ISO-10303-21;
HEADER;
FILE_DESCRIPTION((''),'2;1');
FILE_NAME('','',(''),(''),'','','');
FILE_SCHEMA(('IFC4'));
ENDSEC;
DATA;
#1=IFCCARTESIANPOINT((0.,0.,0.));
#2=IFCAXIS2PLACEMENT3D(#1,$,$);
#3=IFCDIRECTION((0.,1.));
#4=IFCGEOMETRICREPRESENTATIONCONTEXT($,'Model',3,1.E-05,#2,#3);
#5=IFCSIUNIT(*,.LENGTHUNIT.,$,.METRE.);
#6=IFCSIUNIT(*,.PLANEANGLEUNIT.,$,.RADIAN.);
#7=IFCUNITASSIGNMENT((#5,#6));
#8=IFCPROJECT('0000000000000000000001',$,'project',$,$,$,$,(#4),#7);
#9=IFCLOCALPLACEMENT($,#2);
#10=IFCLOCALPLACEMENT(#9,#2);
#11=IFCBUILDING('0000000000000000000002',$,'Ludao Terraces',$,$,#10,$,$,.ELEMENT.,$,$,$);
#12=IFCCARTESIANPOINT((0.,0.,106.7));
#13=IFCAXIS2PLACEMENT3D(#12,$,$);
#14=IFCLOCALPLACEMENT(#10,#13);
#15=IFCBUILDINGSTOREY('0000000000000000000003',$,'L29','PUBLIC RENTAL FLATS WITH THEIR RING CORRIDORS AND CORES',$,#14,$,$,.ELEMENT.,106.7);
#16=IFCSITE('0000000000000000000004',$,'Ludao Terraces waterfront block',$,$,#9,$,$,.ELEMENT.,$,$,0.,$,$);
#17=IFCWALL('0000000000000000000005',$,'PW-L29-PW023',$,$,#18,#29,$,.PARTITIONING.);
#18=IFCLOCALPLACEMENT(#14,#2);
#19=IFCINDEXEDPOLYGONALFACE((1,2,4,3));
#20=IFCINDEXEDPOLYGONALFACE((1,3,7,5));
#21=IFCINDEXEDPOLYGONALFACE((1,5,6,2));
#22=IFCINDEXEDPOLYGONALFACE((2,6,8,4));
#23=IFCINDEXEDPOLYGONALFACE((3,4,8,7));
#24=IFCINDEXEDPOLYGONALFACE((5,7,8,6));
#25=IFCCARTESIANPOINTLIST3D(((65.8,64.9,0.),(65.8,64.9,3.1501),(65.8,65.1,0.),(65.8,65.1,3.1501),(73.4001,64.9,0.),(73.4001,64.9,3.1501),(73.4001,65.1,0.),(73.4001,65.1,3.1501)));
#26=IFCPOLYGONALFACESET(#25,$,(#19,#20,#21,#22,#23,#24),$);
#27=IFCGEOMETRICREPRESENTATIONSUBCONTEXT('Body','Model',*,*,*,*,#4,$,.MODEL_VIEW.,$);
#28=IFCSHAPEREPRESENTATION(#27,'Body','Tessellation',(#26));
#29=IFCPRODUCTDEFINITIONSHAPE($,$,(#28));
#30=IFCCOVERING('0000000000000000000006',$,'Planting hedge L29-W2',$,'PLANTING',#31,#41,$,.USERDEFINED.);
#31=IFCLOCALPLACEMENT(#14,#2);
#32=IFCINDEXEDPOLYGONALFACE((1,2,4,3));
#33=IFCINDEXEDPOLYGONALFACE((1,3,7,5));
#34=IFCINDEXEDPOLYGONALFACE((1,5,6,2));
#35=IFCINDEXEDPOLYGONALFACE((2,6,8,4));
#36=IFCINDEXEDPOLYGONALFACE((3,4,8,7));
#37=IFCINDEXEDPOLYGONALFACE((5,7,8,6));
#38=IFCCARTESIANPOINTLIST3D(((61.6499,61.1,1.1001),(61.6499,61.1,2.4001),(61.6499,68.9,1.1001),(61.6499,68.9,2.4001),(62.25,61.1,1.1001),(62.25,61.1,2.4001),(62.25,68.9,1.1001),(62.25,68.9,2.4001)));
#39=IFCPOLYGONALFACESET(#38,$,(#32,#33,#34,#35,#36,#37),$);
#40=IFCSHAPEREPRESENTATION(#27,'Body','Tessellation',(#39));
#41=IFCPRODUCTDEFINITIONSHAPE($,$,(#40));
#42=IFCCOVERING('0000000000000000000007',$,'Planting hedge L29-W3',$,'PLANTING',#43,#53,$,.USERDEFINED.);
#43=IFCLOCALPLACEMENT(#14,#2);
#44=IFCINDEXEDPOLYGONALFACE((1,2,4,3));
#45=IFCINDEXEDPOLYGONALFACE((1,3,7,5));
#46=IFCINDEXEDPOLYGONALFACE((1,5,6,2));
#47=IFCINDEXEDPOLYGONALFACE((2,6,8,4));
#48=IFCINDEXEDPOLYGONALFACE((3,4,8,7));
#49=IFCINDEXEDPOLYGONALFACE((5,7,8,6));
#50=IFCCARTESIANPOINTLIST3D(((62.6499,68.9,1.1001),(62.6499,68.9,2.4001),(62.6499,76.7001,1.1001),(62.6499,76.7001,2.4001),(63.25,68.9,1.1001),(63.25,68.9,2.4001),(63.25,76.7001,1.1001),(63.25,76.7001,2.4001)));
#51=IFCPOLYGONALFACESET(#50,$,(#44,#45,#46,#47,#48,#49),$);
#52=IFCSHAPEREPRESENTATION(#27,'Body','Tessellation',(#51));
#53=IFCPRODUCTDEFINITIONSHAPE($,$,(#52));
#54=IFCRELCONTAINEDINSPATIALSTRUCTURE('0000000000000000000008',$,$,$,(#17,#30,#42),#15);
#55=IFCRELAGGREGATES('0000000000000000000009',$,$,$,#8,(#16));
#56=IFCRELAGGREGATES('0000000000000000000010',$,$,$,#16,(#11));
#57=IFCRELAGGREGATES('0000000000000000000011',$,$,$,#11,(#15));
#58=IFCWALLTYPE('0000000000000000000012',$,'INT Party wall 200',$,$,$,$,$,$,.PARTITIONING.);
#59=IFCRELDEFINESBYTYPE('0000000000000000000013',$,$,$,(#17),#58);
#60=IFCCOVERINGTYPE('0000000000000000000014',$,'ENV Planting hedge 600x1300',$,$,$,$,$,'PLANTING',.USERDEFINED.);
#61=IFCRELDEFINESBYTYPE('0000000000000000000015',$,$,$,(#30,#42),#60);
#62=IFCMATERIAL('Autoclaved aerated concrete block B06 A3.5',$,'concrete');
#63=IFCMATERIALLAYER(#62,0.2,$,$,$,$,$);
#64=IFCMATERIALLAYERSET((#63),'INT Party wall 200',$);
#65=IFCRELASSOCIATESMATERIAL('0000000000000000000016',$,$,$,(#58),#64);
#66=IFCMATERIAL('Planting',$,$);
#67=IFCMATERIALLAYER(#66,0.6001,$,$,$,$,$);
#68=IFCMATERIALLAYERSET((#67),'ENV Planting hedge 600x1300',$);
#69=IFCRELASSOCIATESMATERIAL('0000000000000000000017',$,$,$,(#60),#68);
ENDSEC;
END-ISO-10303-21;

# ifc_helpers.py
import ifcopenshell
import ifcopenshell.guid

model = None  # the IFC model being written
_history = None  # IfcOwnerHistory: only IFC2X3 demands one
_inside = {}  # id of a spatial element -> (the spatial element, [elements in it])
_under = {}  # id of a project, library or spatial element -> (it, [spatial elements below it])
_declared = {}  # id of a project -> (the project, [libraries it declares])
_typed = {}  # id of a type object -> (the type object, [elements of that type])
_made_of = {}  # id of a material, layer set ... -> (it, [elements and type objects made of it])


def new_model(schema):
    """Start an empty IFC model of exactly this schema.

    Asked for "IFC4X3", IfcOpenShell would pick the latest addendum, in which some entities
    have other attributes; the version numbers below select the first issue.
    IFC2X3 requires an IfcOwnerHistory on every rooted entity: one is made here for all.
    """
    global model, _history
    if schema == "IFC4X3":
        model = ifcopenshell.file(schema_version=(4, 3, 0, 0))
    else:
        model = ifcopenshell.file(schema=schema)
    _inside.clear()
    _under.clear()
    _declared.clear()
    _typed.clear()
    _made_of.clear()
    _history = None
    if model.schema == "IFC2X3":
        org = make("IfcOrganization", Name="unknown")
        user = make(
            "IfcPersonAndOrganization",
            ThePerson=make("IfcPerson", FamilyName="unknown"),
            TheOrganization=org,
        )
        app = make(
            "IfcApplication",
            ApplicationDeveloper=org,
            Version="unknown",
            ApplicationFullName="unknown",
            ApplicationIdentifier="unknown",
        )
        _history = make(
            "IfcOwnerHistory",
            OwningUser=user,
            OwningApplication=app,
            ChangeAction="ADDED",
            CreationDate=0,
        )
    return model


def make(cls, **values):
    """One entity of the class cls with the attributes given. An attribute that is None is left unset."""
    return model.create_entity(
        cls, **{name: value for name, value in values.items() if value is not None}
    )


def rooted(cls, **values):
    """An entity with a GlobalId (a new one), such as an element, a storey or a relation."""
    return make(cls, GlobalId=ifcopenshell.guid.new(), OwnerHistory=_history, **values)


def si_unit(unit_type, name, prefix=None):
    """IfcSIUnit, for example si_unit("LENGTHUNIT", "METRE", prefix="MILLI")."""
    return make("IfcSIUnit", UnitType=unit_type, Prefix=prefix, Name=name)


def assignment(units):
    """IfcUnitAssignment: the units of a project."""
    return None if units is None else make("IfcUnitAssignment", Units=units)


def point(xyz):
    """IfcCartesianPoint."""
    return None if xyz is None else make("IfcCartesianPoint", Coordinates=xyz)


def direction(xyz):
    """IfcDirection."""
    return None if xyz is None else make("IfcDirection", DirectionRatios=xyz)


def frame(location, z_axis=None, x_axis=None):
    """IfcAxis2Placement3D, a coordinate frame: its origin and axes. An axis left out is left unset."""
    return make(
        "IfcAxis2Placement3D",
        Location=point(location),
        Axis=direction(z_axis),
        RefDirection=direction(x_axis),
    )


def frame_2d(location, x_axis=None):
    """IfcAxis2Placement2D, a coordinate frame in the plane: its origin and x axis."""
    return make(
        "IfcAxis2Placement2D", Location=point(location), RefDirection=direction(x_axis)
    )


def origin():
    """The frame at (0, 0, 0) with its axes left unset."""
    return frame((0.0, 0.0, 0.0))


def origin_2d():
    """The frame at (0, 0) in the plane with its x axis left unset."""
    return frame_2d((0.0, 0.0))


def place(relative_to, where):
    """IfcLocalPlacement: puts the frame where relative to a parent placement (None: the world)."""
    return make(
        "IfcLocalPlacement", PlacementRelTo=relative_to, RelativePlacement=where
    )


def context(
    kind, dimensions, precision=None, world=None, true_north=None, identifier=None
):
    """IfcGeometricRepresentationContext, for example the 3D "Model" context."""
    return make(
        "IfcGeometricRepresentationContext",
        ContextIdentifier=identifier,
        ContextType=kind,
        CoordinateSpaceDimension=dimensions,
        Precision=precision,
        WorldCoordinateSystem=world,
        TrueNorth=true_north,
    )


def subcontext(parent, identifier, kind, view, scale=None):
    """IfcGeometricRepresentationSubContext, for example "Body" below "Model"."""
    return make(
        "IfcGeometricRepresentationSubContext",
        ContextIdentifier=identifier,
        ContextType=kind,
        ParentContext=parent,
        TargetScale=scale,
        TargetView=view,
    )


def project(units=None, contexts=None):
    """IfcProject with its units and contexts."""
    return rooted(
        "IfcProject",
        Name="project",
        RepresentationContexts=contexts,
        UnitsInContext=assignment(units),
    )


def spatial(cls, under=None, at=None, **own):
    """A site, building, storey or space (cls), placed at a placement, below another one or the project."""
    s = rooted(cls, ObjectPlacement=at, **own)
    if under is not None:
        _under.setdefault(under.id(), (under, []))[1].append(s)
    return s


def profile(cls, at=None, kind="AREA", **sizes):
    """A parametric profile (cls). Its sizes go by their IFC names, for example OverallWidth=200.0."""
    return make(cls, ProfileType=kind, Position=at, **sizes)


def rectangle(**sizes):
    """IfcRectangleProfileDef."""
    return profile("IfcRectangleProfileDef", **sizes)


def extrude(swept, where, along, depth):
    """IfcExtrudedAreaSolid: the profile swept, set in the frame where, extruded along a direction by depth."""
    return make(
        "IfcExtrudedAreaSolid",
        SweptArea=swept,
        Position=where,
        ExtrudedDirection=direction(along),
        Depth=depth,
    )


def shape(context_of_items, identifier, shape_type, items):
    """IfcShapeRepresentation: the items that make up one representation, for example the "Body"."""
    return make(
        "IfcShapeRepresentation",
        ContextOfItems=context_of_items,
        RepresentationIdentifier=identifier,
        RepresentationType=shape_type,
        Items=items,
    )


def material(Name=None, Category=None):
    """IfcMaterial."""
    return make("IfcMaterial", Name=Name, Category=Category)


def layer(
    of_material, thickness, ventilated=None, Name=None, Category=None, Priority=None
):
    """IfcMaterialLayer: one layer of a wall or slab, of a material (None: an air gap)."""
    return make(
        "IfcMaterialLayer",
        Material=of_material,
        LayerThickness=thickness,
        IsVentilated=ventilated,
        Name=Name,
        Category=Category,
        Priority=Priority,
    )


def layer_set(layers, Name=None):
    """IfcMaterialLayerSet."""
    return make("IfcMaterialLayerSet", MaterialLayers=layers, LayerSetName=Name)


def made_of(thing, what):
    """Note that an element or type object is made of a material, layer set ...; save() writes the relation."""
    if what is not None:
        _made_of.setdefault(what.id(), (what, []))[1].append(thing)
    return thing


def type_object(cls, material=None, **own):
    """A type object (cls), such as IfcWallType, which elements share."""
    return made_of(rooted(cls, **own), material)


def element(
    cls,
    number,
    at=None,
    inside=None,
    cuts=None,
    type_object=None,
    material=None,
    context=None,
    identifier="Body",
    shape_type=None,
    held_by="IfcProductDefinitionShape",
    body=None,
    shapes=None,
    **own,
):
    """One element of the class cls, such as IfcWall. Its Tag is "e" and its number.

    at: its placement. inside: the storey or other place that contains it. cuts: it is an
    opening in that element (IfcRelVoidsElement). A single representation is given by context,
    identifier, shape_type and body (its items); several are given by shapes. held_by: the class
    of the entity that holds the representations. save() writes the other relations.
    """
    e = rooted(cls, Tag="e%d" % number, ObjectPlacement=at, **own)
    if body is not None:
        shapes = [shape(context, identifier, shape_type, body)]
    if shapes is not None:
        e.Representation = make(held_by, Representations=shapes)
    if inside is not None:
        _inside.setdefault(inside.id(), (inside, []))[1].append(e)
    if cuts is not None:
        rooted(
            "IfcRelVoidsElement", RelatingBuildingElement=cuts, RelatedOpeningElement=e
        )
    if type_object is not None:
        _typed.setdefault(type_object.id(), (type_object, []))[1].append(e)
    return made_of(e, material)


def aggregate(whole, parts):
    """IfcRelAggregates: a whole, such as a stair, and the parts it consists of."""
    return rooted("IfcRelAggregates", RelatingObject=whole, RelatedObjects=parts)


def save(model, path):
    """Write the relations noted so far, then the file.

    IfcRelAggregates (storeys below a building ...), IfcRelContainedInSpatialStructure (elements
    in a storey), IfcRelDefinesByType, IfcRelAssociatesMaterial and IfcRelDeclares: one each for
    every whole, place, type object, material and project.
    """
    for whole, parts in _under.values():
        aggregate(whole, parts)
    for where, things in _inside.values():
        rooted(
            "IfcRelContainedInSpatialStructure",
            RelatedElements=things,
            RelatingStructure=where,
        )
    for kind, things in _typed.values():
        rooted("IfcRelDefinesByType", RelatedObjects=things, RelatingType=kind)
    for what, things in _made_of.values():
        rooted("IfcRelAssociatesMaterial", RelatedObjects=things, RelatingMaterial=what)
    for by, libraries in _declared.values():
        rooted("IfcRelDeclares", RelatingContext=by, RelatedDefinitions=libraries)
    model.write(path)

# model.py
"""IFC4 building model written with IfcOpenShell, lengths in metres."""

from ifc_helpers import new_model, si_unit, direction, frame, frame_2d, origin, origin_2d, place, context, subcontext, project, spatial, rectangle, extrude, material, layer, layer_set, type_object, element, save


model = new_model("IFC4")

# Units and contexts
model_context = context("Model", 3, precision=1e-05, world=origin(), true_north=direction((0.0, 1.0)))
body_context = subcontext(model_context, "Body", "Model", "MODEL_VIEW")
ifc_project = project(units=[si_unit("LENGTHUNIT", "METRE"), si_unit("PLANEANGLEUNIT", "RADIAN")], contexts=[model_context])

# Site, building, storey
site_placement = place(None, origin())
site = spatial("IfcSite", under=ifc_project, at=site_placement, Name="Ludao Terraces waterfront block", CompositionType="ELEMENT", RefElevation=0.0)
building_placement = place(site_placement, origin())
building = spatial("IfcBuilding", under=site, at=building_placement, Name="Ludao Terraces", CompositionType="ELEMENT")
storey_placement = place(building_placement, frame((0.0, 0.0, 106.7)))
storey = spatial("IfcBuildingStorey", under=building, at=storey_placement, Name="L29", Description="PUBLIC RENTAL FLATS WITH THEIR RING CORRIDORS AND CORES", CompositionType="ELEMENT", Elevation=106.7)

# Wall
ifc_material_1 = material(Name="Autoclaved aerated concrete block B06 A3.5", Category="concrete")
ifc_layer_1 = layer(ifc_material_1, 0.2)
ifc_layer_set_1 = layer_set([ifc_layer_1], Name="INT Party wall 200")
wall_type_1 = type_object("IfcWallType", Name="INT Party wall 200", PredefinedType="PARTITIONING", material=ifc_layer_set_1)
wall_1_placement = place(storey_placement, frame((65.8, 65.0, 0.0), z_axis=(0.0, 0.0, 1.0), x_axis=(1.0, 0.0, 0.0)))
element("IfcWall", 1, at=wall_1_placement, inside=storey, type_object=wall_type_1, Name="PW-L29-PW023", PredefinedType="PARTITIONING", context=body_context, shape_type="SweptSolid", body=[
    extrude(rectangle(XDim=7.6001, YDim=0.2, at=frame_2d((3.8, 0.0))), origin(), (0.0, 0.0, 1.0), 3.1501),
])

# Coverings
ifc_material_2 = material(Name="Planting")
ifc_layer_2 = layer(ifc_material_2, 0.6001)
ifc_layer_set_2 = layer_set([ifc_layer_2], Name="ENV Planting hedge 600x1300")
covering_type = type_object("IfcCoveringType", Name="ENV Planting hedge 600x1300", ElementType="PLANTING", PredefinedType="USERDEFINED", material=ifc_layer_set_2)
for number, where, z_axis, x_axis, name in (
    (2, (61.95, 65.0, 1.1001), (0.0, 0.0, 1.0), (1.0, 0.0, 0.0), "Planting hedge L29-W2"),
    (3, (62.95, 72.8, 1.1001), (0.0, 0.0, 1.0), (1.0, 0.0, 0.0), "Planting hedge L29-W3"),
):
    element("IfcCovering", number, at=place(storey_placement, frame(where, z_axis=z_axis, x_axis=x_axis)), inside=storey, type_object=covering_type, Name=name, ObjectType="PLANTING", PredefinedType="USERDEFINED", context=body_context, shape_type="SweptSolid", body=[
        extrude(rectangle(XDim=0.6001, YDim=7.8, at=origin_2d()), origin(), (0.0, 0.0, 1.0), 1.3),
    ])

save(model, "model.ifc")
